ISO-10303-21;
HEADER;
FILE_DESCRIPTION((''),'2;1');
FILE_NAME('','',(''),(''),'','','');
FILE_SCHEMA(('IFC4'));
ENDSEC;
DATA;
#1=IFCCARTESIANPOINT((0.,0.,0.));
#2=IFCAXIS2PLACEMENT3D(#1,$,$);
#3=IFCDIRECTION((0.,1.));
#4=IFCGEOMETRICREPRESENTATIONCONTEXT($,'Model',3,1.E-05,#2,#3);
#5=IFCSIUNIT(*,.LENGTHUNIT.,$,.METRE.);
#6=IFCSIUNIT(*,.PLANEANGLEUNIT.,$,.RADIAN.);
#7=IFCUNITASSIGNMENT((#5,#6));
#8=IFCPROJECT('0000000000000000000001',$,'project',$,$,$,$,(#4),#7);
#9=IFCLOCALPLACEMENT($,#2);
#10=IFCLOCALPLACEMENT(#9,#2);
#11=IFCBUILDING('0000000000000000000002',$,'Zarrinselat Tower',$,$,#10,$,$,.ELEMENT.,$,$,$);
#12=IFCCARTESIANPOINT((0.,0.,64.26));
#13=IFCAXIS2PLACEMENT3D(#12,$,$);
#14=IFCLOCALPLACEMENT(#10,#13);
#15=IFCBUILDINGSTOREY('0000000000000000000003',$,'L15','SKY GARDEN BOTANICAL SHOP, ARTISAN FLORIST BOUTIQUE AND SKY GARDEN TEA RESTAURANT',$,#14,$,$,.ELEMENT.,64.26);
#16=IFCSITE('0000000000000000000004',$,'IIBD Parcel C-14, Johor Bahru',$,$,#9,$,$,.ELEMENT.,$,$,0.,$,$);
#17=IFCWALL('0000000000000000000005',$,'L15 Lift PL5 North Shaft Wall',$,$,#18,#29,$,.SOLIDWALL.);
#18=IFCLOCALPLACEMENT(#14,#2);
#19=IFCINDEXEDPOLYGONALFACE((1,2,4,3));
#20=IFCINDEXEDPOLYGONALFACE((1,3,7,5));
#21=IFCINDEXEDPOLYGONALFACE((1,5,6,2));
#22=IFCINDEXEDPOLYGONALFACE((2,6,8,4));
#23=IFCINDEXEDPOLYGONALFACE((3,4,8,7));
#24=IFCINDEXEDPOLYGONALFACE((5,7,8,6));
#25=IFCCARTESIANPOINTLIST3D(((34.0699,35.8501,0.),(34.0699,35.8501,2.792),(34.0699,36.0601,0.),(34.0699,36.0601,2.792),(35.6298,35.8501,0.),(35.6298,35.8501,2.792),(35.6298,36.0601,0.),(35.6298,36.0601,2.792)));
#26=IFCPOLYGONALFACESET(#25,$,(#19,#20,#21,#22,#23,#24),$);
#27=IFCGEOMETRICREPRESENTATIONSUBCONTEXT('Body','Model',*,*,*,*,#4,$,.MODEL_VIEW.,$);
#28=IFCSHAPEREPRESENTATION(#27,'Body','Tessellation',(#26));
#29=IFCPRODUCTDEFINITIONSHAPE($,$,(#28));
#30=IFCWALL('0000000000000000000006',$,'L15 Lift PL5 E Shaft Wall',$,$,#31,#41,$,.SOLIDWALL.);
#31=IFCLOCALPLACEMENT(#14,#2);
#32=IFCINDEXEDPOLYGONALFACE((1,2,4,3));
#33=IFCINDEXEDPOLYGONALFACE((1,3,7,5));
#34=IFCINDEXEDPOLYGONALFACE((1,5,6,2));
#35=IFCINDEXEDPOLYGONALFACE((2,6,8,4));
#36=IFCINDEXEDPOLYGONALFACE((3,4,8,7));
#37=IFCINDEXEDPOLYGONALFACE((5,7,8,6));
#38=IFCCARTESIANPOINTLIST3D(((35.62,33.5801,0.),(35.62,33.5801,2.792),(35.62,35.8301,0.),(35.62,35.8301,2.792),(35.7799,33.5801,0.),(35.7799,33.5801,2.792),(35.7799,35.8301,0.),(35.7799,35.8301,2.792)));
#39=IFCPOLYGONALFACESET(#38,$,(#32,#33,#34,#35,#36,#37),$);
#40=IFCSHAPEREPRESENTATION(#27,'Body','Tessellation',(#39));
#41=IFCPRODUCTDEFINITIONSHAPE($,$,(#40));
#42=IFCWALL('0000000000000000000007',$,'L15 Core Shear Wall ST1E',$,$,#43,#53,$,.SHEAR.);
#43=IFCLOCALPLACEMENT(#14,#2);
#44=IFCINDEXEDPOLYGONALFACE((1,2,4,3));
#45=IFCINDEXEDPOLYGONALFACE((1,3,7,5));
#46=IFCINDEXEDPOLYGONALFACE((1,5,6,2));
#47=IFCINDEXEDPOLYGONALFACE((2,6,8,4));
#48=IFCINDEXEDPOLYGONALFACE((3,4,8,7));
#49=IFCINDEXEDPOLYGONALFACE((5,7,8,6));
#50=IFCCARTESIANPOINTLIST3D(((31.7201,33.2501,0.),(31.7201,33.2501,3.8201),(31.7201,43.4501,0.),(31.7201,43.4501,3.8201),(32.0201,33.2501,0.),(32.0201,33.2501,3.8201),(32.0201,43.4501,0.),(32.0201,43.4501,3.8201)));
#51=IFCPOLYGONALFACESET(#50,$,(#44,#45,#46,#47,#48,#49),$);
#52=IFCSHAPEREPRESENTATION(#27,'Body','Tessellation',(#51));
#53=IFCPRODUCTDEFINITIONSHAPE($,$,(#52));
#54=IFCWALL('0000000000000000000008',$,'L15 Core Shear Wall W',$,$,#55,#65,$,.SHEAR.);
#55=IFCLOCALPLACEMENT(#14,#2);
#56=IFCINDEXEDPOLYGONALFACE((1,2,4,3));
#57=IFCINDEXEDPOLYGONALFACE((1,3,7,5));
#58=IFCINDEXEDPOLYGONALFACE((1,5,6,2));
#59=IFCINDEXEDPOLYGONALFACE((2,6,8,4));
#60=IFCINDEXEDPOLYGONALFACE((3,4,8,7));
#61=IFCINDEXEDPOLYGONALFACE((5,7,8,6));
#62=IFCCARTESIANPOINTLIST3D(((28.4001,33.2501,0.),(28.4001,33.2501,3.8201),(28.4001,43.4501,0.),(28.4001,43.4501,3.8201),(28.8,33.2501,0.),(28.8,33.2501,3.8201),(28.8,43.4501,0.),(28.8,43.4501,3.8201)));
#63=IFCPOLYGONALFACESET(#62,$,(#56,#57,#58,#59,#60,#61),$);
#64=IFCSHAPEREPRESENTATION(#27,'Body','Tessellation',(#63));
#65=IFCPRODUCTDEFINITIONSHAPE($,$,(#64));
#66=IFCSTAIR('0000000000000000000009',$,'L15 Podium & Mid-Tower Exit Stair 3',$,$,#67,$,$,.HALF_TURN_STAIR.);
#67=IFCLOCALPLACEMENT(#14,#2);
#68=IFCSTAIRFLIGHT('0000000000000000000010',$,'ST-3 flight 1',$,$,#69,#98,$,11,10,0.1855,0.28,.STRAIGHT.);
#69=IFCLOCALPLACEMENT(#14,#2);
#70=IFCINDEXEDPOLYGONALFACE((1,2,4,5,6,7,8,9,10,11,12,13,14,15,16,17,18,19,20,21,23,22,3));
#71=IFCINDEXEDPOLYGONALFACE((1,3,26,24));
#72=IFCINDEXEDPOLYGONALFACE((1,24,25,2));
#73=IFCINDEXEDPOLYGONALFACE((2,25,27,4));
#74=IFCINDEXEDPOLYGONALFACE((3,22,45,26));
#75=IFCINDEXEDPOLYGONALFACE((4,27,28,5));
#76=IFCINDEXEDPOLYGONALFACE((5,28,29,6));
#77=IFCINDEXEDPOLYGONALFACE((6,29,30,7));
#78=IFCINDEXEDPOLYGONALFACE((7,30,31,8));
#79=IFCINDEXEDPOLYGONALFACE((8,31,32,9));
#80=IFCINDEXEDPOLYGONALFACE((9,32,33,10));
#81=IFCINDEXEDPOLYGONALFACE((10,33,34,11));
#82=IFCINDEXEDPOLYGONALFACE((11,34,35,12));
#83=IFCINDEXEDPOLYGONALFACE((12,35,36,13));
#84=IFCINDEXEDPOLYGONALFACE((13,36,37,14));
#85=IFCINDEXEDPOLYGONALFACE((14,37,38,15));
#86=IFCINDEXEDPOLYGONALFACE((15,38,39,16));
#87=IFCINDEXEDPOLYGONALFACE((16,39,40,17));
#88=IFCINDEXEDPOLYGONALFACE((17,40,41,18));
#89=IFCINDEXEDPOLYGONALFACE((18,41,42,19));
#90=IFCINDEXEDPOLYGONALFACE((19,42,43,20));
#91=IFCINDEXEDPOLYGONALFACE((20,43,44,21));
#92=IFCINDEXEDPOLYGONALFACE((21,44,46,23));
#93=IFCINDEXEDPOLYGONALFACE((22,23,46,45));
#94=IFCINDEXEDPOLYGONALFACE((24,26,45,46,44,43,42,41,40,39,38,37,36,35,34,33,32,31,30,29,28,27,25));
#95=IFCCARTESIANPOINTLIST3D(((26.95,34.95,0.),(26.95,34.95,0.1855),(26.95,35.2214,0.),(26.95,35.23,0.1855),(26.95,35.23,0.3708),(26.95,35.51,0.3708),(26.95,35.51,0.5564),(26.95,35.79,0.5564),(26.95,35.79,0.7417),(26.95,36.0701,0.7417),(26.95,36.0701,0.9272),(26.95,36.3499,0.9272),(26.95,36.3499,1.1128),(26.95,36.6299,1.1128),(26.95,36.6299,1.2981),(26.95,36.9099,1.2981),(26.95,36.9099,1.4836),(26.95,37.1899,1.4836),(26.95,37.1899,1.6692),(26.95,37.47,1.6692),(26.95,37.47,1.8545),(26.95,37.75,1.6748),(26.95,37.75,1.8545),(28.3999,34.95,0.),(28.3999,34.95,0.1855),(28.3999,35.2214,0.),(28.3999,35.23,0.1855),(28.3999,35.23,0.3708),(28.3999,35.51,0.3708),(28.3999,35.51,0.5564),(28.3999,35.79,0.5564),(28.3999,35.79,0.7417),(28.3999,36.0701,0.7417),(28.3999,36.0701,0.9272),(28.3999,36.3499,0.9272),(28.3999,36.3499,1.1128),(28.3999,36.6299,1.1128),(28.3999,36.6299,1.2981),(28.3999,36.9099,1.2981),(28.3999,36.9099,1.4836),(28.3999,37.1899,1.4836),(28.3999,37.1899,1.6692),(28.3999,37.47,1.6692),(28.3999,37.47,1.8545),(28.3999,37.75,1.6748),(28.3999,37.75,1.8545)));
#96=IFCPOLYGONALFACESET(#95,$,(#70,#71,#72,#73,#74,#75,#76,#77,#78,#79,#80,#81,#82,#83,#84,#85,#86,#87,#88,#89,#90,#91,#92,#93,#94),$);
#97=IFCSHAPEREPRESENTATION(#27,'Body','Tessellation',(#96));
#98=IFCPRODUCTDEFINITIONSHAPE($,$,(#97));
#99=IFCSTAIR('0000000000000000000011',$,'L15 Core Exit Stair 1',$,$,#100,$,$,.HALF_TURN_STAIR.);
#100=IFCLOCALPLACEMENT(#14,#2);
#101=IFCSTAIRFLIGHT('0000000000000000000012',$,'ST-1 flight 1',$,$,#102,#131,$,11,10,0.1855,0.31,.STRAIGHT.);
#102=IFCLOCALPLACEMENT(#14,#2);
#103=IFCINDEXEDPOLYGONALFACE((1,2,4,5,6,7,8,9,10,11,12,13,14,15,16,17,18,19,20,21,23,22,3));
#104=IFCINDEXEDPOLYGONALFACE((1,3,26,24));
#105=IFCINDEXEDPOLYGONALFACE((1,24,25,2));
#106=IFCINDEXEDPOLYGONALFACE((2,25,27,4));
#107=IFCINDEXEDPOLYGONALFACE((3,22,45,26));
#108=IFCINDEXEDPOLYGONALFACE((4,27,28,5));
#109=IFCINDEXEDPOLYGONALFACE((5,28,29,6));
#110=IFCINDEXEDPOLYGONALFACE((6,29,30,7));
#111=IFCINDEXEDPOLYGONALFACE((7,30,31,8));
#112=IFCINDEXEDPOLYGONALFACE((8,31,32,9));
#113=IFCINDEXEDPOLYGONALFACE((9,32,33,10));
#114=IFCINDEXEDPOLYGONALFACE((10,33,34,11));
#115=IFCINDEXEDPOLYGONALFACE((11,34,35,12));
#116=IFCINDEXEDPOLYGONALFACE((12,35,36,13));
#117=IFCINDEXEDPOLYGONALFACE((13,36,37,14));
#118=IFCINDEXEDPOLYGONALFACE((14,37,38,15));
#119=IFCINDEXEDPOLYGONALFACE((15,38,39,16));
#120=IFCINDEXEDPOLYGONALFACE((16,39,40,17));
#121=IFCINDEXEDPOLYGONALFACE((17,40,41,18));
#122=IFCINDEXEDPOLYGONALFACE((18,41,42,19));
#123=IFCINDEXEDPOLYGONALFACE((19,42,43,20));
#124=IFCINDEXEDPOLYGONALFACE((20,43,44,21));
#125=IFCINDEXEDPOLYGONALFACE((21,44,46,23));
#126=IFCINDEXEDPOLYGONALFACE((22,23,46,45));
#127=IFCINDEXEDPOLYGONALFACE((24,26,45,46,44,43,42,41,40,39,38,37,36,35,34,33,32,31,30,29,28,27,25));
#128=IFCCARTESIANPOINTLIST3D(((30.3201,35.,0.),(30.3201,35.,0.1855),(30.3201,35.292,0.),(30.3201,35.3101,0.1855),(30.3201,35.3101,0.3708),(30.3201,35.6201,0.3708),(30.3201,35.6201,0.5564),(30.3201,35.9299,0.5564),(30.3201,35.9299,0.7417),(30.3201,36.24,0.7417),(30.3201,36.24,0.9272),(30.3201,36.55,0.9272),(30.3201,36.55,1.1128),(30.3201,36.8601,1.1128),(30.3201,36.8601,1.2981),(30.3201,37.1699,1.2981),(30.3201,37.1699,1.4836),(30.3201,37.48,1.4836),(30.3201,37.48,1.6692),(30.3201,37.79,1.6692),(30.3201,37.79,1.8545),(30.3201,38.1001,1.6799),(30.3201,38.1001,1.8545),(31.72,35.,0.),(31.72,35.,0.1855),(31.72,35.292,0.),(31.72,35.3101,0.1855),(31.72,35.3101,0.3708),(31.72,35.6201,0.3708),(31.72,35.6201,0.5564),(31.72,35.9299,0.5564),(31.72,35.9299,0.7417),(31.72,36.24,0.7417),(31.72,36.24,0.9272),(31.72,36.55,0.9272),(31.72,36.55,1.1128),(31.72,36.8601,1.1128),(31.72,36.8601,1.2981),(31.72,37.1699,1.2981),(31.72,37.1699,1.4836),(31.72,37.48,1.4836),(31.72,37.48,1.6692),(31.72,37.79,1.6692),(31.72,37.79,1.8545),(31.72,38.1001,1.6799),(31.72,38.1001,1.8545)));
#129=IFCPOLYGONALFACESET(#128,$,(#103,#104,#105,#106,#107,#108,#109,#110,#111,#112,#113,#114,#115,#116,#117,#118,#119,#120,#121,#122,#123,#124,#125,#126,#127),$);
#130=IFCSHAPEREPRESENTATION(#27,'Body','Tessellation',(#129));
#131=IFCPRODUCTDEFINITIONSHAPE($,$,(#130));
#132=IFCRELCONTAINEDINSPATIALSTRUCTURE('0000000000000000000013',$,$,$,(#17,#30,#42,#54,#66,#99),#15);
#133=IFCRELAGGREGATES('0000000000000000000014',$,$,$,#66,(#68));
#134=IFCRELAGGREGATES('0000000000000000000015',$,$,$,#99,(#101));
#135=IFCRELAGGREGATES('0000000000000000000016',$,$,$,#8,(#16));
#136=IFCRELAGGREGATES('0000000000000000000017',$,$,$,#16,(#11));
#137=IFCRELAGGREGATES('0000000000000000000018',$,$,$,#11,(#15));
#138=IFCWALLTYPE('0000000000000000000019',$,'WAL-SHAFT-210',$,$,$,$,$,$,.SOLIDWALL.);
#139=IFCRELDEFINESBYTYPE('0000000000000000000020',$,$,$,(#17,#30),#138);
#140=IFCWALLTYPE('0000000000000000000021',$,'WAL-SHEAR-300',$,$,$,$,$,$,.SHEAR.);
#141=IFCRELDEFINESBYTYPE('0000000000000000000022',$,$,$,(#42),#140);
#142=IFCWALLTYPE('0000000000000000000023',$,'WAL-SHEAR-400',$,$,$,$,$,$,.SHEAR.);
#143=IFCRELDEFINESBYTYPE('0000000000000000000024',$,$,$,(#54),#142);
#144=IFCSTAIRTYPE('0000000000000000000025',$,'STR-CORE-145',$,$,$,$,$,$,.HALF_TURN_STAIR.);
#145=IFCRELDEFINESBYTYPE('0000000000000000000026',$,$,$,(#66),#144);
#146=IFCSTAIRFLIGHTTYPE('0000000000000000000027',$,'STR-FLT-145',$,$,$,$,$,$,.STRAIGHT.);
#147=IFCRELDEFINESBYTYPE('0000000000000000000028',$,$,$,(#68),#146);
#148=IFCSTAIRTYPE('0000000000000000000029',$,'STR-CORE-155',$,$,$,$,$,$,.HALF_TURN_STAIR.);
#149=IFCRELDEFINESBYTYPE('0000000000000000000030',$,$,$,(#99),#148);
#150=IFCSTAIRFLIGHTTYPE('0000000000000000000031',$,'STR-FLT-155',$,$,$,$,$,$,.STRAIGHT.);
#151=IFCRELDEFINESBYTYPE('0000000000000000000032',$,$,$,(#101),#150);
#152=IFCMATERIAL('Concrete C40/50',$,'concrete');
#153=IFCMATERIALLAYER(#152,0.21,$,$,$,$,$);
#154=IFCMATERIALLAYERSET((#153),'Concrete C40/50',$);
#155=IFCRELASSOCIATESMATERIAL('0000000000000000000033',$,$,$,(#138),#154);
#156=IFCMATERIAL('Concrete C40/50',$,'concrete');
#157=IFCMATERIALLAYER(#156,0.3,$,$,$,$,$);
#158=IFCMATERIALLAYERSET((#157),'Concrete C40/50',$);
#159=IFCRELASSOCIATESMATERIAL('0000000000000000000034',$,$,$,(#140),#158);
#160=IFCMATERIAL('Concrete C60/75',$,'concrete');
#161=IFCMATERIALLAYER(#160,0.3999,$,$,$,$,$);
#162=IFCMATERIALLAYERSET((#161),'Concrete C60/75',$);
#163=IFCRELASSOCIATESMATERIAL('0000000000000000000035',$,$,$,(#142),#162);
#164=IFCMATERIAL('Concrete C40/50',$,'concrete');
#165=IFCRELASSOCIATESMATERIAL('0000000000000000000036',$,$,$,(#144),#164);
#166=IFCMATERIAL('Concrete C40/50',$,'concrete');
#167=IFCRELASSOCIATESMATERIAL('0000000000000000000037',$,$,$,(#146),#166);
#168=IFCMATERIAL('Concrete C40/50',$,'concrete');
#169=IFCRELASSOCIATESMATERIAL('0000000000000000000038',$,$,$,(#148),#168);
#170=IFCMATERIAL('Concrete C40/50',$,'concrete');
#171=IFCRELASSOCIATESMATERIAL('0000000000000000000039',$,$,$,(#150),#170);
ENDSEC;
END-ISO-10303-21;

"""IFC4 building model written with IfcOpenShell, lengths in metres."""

from ifc_helpers import new_model, si_unit, direction, frame, frame_2d, origin, place, context, subcontext, project, spatial, polyline, rectangle, outline, extrude, material, layer, layer_set, type_object, element, aggregate, save


model = new_model("IFC4")

# Units and contexts
model_context = context("Model", 3, precision=1e-05, world=origin(), true_north=direction((0.0, 1.0)))
body_context = subcontext(model_context, "Body", "Model", "MODEL_VIEW")
ifc_project = project(units=[si_unit("LENGTHUNIT", "METRE"), si_unit("PLANEANGLEUNIT", "RADIAN")], contexts=[model_context])

# Site, building, storey
site_placement = place(None, origin())
site = spatial("IfcSite", under=ifc_project, at=site_placement, Name="IIBD Parcel C-14, Johor Bahru", CompositionType="ELEMENT", RefElevation=0.0)
building_placement = place(site_placement, origin())
building = spatial("IfcBuilding", under=site, at=building_placement, Name="Zarrinselat Tower", CompositionType="ELEMENT")
storey_placement = place(building_placement, frame((0.0, 0.0, 64.26)))
storey = spatial("IfcBuildingStorey", under=building, at=storey_placement, Name="L15", Description="SKY GARDEN BOTANICAL SHOP, ARTISAN FLORIST BOUTIQUE AND SKY GARDEN TEA RESTAURANT", CompositionType="ELEMENT", Elevation=64.26)

# Walls
ifc_material_1 = material(Name="Concrete C40/50", Category="concrete")
ifc_layer_1 = layer(ifc_material_1, 0.21)
ifc_layer_set_1 = layer_set([ifc_layer_1], Name="Concrete C40/50")
wall_type_1 = type_object("IfcWallType", Name="WAL-SHAFT-210", PredefinedType="SOLIDWALL", material=ifc_layer_set_1)
wall_1_placement = place(storey_placement, frame((34.0701, 35.9551, 0.0), z_axis=(0.0, 0.0, 1.0), x_axis=(1.0, 0.0, 0.0)))
element("IfcWall", 1, at=wall_1_placement, inside=storey, type_object=wall_type_1, Name="L15 Lift PL5 North Shaft Wall", PredefinedType="SOLIDWALL", context=body_context, shape_type="SweptSolid", body=[
    extrude(rectangle(XDim=1.5598, YDim=0.21, at=frame_2d((0.7798, 0.0))), origin(), (0.0, 0.0, 1.0), 2.792),
])
wall_2_placement = place(storey_placement, frame((35.7, 33.5801, 0.0), z_axis=(0.0, 0.0, 1.0), x_axis=(0.0, 1.0, 0.0)))
element("IfcWall", 2, at=wall_2_placement, inside=storey, type_object=wall_type_1, Name="L15 Lift PL5 E Shaft Wall", PredefinedType="SOLIDWALL", context=body_context, shape_type="SweptSolid", body=[
    extrude(rectangle(XDim=2.25, YDim=0.1599, at=frame_2d((1.125, 0.0))), origin(), (0.0, 0.0, 1.0), 2.792),
])
ifc_material_2 = material(Name="Concrete C40/50", Category="concrete")
ifc_layer_2 = layer(ifc_material_2, 0.3)
ifc_layer_set_2 = layer_set([ifc_layer_2], Name="Concrete C40/50")
wall_type_2 = type_object("IfcWallType", Name="WAL-SHEAR-300", PredefinedType="SHEAR", material=ifc_layer_set_2)
wall_3_placement = place(storey_placement, frame((31.8701, 33.25, 0.0), z_axis=(0.0, 0.0, 1.0), x_axis=(0.0, 1.0, 0.0)))
element("IfcWall", 3, at=wall_3_placement, inside=storey, type_object=wall_type_2, Name="L15 Core Shear Wall ST1E", PredefinedType="SHEAR", context=body_context, shape_type="SweptSolid", body=[
    extrude(rectangle(XDim=10.2, YDim=0.3, at=frame_2d((5.1001, 0.0))), origin(), (0.0, 0.0, 1.0), 3.8201),
])

# Shared definitions
ifc_material_3 = material(Name="Concrete C60/75", Category="concrete")
ifc_layer_3 = layer(ifc_material_3, 0.3999)
ifc_layer_set_3 = layer_set([ifc_layer_3], Name="Concrete C60/75")
wall_type_3 = type_object("IfcWallType", Name="WAL-SHEAR-400", PredefinedType="SHEAR", material=ifc_layer_set_3)

# Wall
wall_4_placement = place(storey_placement, frame((28.6001, 33.25, 0.0), z_axis=(0.0, 0.0, 1.0), x_axis=(0.0, 1.0, 0.0)))
element("IfcWall", 4, at=wall_4_placement, inside=storey, type_object=wall_type_3, Name="L15 Core Shear Wall W", PredefinedType="SHEAR", context=body_context, shape_type="SweptSolid", body=[
    extrude(rectangle(XDim=10.2, YDim=0.3999, at=frame_2d((5.1001, 0.0))), origin(), (0.0, 0.0, 1.0), 3.8201),
])

# Stairs, stair flights
ifc_material_4 = material(Name="Concrete C40/50", Category="concrete")
stair_type_1 = type_object("IfcStairType", Name="STR-CORE-145", PredefinedType="HALF_TURN_STAIR", material=ifc_material_4)
stair_1_placement = place(storey_placement, origin())
stair_1 = element("IfcStair", 5, at=stair_1_placement, inside=storey, type_object=stair_type_1, Name="L15 Podium & Mid-Tower Exit Stair 3", PredefinedType="HALF_TURN_STAIR")
ifc_material_5 = material(Name="Concrete C40/50", Category="concrete")
stair_flight_type_1 = type_object("IfcStairFlightType", Name="STR-FLT-145", PredefinedType="STRAIGHT", material=ifc_material_5)
stair_flight_1_placement = place(storey_placement, frame((27.675, 34.95, 0.0), z_axis=(0.0, 0.0, 1.0), x_axis=(0.0, 1.0, 0.0)))
stair_flight_1 = element("IfcStairFlight", 6, at=stair_flight_1_placement, type_object=stair_flight_type_1, Name="ST-3 flight 1", NumberOfRisers=11, NumberOfTreads=10, PredefinedType="STRAIGHT", RiserHeight=0.1855, TreadLength=0.28, context=body_context, shape_type="SweptSolid", body=[
    extrude(outline(polyline([(0.0, 0.0), (0.0, 0.1855), (0.28, 0.1855), (0.28, 0.3708), (0.5601, 0.3708), (0.5601, 0.5564), (0.8401, 0.5564), (0.8401, 0.7417), (1.1201, 0.7417), (1.1201, 0.9272), (1.3999, 0.9272), (1.3999, 1.1128), (1.6799, 1.1128), (1.6799, 1.2981), (1.96, 1.2981), (1.96, 1.4836), (2.24, 1.4836), (2.24, 1.6692), (2.52, 1.6692), (2.52, 1.8545), (2.8, 1.8545), (2.8, 2.04), (2.8, 1.6748), (0.2715, 0.0), (0.0, 0.0)])), frame((0.0, 0.7251, 0.0), z_axis=(0.0, -1.0, 0.0), x_axis=(1.0, 0.0, 0.0)), (0.0, 0.0, 1.0), 1.45),
])
aggregate(stair_1, [stair_flight_1])
ifc_material_6 = material(Name="Concrete C40/50", Category="concrete")
stair_type_2 = type_object("IfcStairType", Name="STR-CORE-155", PredefinedType="HALF_TURN_STAIR", material=ifc_material_6)
stair_2_placement = place(storey_placement, origin())
stair_2 = element("IfcStair", 7, at=stair_2_placement, inside=storey, type_object=stair_type_2, Name="L15 Core Exit Stair 1", PredefinedType="HALF_TURN_STAIR")
ifc_material_7 = material(Name="Concrete C40/50", Category="concrete")
stair_flight_type_2 = type_object("IfcStairFlightType", Name="STR-FLT-155", PredefinedType="STRAIGHT", material=ifc_material_7)
stair_flight_2_placement = place(storey_placement, frame((31.02, 35.0, 0.0), z_axis=(0.0, 0.0, 1.0), x_axis=(0.0, 1.0, 0.0)))
stair_flight_2 = element("IfcStairFlight", 8, at=stair_flight_2_placement, type_object=stair_flight_type_2, Name="ST-1 flight 1", NumberOfRisers=11, NumberOfTreads=10, PredefinedType="STRAIGHT", RiserHeight=0.1855, TreadLength=0.31, context=body_context, shape_type="SweptSolid", body=[
    extrude(outline(polyline([(0.0, 0.0), (0.0, 0.1855), (0.3101, 0.1855), (0.3101, 0.3708), (0.6201, 0.3708), (0.6201, 0.5564), (0.9299, 0.5564), (0.9299, 0.7417), (1.24, 0.7417), (1.24, 0.9272), (1.55, 0.9272), (1.55, 1.1128), (1.8601, 1.1128), (1.8601, 1.2981), (2.1699, 1.2981), (2.1699, 1.4836), (2.48, 1.4836), (2.48, 1.6692), (2.79, 1.6692), (2.79, 1.8545), (3.1001, 1.8545), (3.1001, 2.04), (3.1001, 1.6799), (0.292, 0.0), (0.0, 0.0)])), frame((0.0, 0.7, 0.0), z_axis=(0.0, -1.0, 0.0), x_axis=(1.0, 0.0, 0.0)), (0.0, 0.0, 1.0), 1.3999),
])
aggregate(stair_2, [stair_flight_2])

save(model, "model.ifc")
